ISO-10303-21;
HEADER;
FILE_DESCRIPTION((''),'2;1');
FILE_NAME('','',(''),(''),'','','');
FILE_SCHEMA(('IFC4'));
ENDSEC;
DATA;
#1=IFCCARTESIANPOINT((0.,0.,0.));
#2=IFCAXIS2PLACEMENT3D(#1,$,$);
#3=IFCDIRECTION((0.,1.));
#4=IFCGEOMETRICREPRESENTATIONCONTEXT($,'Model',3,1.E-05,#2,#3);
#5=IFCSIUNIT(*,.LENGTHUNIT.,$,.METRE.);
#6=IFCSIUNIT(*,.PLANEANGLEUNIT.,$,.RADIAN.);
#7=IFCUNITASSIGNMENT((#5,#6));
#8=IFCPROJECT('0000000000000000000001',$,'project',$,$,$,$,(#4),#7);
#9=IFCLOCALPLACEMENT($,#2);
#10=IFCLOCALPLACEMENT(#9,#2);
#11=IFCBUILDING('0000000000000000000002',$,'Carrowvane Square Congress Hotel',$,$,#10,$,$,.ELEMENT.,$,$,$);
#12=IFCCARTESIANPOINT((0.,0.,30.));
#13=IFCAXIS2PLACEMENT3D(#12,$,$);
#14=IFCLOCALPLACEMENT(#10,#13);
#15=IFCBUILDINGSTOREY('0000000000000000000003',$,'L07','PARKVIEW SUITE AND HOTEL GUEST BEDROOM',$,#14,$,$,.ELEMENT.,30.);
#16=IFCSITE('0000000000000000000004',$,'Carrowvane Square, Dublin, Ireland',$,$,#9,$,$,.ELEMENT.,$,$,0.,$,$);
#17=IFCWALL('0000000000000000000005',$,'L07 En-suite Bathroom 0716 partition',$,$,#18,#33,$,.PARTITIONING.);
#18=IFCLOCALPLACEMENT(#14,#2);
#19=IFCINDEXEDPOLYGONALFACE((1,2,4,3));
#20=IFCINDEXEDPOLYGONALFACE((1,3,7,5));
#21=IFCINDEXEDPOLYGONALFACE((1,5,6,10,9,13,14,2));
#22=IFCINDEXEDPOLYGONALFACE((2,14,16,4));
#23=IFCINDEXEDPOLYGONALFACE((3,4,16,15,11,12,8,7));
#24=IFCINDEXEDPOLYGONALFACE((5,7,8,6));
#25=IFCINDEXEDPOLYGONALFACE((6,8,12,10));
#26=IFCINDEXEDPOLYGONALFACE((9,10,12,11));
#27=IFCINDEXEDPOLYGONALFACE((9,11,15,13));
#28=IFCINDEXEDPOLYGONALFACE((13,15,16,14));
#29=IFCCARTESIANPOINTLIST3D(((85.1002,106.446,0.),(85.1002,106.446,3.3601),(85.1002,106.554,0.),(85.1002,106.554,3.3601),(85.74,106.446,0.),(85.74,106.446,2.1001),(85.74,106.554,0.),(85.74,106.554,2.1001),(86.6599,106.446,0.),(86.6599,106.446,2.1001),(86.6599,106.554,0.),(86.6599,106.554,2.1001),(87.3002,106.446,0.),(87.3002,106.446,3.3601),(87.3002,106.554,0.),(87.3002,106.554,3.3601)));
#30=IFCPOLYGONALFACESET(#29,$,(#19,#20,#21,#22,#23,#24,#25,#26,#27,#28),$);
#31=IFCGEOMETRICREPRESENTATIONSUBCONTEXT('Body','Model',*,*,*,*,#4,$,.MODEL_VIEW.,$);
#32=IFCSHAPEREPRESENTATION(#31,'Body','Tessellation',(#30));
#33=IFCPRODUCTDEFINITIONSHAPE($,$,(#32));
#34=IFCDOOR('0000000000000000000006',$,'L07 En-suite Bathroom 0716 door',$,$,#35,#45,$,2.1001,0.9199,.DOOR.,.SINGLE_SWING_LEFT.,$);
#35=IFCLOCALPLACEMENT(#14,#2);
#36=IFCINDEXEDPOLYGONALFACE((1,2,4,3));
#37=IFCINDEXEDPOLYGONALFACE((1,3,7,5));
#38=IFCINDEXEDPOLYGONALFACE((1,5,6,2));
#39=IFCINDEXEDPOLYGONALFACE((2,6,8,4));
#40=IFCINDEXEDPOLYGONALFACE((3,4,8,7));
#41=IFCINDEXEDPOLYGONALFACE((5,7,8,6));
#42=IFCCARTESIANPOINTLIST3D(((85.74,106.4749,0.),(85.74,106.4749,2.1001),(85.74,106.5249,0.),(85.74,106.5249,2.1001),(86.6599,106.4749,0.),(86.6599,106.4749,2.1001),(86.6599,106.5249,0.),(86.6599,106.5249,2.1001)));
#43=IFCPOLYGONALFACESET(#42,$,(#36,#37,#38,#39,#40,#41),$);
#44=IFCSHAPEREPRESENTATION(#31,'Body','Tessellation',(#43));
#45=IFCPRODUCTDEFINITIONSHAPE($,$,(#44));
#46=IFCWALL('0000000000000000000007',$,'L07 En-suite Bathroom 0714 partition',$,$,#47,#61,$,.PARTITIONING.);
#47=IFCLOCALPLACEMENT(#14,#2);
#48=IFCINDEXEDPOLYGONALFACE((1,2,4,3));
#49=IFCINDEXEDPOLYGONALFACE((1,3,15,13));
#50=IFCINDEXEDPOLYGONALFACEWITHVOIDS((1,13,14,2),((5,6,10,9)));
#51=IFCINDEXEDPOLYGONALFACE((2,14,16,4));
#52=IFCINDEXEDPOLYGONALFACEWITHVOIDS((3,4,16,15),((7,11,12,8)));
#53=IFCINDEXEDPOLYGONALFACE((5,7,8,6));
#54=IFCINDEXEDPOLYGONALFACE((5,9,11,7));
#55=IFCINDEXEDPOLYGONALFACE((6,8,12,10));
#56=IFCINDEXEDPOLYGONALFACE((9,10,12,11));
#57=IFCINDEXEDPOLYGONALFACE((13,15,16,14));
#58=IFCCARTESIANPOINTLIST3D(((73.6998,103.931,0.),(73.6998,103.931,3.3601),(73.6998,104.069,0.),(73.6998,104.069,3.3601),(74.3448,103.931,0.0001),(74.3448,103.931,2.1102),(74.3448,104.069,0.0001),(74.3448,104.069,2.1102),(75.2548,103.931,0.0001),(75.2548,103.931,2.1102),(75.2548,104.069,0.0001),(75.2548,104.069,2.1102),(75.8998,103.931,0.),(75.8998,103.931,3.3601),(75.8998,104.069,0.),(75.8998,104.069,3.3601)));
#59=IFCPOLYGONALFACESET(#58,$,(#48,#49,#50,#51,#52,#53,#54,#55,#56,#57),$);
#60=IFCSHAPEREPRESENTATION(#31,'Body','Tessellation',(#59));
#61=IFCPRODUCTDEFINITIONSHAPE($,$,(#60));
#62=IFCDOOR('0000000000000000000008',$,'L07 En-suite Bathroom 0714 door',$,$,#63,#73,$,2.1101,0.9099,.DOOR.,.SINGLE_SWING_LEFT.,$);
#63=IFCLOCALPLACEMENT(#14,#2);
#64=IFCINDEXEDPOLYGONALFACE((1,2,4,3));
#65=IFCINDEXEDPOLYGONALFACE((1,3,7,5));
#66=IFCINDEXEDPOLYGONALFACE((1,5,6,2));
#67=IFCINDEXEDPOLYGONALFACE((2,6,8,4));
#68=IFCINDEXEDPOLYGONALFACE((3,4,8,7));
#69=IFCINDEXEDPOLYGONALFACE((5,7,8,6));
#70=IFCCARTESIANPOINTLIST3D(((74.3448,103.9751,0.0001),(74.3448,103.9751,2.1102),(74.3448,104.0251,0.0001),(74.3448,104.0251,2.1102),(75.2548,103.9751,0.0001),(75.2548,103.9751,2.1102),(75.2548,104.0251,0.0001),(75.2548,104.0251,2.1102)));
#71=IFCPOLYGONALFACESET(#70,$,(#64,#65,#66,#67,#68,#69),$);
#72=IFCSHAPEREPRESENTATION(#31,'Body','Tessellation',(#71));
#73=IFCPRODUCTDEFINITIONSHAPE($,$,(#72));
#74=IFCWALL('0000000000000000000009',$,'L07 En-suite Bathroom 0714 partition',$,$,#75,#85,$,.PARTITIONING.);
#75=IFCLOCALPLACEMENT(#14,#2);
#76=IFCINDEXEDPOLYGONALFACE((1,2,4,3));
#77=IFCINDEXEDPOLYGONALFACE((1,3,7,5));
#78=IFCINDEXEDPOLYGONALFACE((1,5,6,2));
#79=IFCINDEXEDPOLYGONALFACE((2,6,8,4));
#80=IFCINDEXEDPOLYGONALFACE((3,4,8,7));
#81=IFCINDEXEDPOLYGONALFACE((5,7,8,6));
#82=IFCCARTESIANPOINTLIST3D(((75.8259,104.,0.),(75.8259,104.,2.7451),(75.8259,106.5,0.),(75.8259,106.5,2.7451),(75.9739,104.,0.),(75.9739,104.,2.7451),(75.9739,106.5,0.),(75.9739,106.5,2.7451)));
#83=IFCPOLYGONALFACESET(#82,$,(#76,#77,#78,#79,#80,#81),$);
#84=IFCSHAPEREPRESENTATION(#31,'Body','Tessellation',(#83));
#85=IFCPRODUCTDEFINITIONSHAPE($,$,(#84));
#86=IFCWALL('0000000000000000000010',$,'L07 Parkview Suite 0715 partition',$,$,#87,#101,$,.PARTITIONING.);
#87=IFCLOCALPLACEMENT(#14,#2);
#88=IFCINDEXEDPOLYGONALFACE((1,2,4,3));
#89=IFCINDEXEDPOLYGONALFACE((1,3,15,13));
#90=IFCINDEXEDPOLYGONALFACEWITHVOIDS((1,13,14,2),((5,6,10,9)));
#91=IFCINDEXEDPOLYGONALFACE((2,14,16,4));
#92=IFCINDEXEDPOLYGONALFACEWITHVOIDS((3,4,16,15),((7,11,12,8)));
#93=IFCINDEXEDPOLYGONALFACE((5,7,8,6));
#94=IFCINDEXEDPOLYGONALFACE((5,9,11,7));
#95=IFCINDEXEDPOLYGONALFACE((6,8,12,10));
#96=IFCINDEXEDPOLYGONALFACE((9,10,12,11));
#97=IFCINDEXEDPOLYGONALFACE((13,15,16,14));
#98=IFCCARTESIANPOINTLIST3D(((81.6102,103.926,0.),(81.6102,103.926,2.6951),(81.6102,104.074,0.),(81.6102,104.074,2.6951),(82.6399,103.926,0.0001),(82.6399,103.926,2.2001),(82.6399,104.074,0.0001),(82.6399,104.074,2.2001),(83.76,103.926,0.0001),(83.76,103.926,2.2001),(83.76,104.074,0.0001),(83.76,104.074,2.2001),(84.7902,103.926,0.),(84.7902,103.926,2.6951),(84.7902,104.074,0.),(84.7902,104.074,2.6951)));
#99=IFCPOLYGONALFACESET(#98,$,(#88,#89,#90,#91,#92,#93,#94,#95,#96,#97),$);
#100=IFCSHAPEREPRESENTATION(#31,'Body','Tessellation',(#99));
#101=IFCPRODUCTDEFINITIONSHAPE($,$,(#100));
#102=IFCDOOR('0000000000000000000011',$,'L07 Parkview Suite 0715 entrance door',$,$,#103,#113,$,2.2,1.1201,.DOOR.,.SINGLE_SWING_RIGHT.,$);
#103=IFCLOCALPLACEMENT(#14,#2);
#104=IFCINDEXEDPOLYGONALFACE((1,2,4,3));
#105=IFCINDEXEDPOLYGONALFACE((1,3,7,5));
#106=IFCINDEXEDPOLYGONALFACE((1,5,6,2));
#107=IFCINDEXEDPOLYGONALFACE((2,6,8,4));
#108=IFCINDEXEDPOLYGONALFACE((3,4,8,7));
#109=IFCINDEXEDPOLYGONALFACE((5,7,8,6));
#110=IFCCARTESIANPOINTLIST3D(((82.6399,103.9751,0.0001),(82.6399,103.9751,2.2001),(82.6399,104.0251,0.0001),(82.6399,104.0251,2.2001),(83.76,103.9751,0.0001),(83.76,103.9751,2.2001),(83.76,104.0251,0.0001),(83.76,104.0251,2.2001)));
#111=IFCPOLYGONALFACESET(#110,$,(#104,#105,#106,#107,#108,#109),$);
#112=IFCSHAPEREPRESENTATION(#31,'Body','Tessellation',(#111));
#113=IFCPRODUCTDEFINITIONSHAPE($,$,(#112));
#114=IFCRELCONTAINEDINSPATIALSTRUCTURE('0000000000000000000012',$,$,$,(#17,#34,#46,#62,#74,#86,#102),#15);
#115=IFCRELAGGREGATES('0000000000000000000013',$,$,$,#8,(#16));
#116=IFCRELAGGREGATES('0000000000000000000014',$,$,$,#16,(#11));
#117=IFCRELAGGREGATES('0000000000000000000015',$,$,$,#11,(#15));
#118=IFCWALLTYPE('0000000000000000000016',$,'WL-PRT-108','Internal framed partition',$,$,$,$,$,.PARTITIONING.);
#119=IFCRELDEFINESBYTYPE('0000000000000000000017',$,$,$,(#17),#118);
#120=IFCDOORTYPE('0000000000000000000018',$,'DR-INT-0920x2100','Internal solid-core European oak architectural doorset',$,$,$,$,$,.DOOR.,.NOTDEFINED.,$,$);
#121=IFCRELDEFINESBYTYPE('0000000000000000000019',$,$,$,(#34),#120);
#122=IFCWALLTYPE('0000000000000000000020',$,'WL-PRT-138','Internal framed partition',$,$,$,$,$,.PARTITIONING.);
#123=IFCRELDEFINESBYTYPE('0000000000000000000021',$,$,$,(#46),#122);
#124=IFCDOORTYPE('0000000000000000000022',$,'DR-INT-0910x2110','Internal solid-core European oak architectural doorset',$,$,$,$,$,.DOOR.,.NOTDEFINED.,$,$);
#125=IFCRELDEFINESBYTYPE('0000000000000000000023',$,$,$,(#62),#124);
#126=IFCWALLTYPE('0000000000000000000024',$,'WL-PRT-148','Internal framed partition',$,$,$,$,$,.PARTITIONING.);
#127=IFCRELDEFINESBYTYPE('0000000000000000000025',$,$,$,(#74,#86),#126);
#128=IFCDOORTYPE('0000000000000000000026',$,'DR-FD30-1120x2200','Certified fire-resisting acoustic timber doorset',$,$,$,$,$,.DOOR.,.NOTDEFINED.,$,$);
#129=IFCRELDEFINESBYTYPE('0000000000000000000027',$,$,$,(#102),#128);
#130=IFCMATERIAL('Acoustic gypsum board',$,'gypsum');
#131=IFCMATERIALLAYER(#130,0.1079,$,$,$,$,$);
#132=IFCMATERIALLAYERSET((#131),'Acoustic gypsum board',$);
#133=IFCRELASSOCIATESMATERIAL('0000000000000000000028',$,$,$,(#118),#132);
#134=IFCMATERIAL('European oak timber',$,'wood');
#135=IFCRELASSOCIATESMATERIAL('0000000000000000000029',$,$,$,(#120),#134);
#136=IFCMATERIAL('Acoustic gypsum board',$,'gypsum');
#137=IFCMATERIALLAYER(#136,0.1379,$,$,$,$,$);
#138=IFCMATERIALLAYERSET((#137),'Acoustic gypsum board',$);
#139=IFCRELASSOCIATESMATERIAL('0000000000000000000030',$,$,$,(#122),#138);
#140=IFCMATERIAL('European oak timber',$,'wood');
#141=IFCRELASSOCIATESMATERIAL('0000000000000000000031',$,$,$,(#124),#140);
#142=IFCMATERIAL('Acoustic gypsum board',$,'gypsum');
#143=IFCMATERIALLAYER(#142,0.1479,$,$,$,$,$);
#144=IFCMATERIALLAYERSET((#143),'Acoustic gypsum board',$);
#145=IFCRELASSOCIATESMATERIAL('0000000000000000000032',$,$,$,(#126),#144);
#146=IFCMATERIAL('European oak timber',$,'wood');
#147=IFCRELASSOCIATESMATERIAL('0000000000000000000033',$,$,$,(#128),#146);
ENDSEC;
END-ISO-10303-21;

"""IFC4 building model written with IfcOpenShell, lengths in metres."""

from ifc_helpers import new_model, si_unit, direction, frame, frame_2d, origin, place, context, subcontext, project, spatial, rectangle, extrude, material, layer, layer_set, type_object, element, fill, save


model = new_model("IFC4")

# Units and contexts
model_context = context("Model", 3, precision=1e-05, world=origin(), true_north=direction((0.0, 1.0)))
body_context = subcontext(model_context, "Body", "Model", "MODEL_VIEW")
ifc_project = project(units=[si_unit("LENGTHUNIT", "METRE"), si_unit("PLANEANGLEUNIT", "RADIAN")], contexts=[model_context])

# Site, building, storey
site_placement = place(None, origin())
site = spatial("IfcSite", under=ifc_project, at=site_placement, Name="Carrowvane Square, Dublin, Ireland", CompositionType="ELEMENT", RefElevation=0.0)
building_placement = place(site_placement, origin())
building = spatial("IfcBuilding", under=site, at=building_placement, Name="Carrowvane Square Congress Hotel", CompositionType="ELEMENT")
storey_placement = place(building_placement, frame((0.0, 0.0, 30.0)))
storey = spatial("IfcBuildingStorey", under=building, at=storey_placement, Name="L07", Description="PARKVIEW SUITE AND HOTEL GUEST BEDROOM", CompositionType="ELEMENT", Elevation=30.0)

# Walls, openings, doors
ifc_material_1 = material(Name="Acoustic gypsum board", Category="gypsum")
ifc_layer_1 = layer(ifc_material_1, 0.1079)
ifc_layer_set_1 = layer_set([ifc_layer_1], Name="Acoustic gypsum board")
wall_type_1 = type_object("IfcWallType", Name="WL-PRT-108", Description="Internal framed partition", PredefinedType="PARTITIONING", material=ifc_layer_set_1)
wall_1_placement = place(storey_placement, frame((85.1001, 106.5, 0.0), z_axis=(0.0, 0.0, 1.0), x_axis=(1.0, 0.0, 0.0)))
wall_1 = element("IfcWall", 1, at=wall_1_placement, inside=storey, type_object=wall_type_1, Name="L07 En-suite Bathroom 0716 partition", PredefinedType="PARTITIONING", context=body_context, shape_type="SweptSolid", body=[
    extrude(rectangle(XDim=2.2, YDim=0.1079, at=frame_2d((1.1001, 0.0))), origin(), (0.0, 0.0, 1.0), 3.3601),
])
opening_1_placement = place(wall_1_placement, frame((0.6399, 0.0, 0.0)))
opening_1 = element("IfcOpeningElement", 2, at=opening_1_placement, cuts=wall_1, PredefinedType="OPENING", context=body_context, shape_type="SweptSolid", body=[
    extrude(rectangle(XDim=0.9199, YDim=2.1001, at=frame_2d((0.46, 1.05))), frame((0.0, 0.064, 0.0), z_axis=(0.0, -1.0, 0.0), x_axis=(1.0, 0.0, 0.0)), (0.0, 0.0, 1.0), 0.1279),
])
ifc_material_2 = material(Name="European oak timber", Category="wood")
door_type_1 = type_object("IfcDoorType", Name="DR-INT-0920x2100", Description="Internal solid-core European oak architectural doorset", OperationType="NOTDEFINED", PredefinedType="DOOR", material=ifc_material_2)
door_1_placement = place(opening_1_placement, origin())
door_1 = element("IfcDoor", 3, at=door_1_placement, inside=storey, type_object=door_type_1, Name="L07 En-suite Bathroom 0716 door", OperationType="SINGLE_SWING_LEFT", OverallHeight=2.1001, OverallWidth=0.9199, PredefinedType="DOOR", context=body_context, shape_type="SweptSolid", body=[
    extrude(rectangle(XDim=0.9199, YDim=2.1001, at=frame_2d((0.46, 1.05))), frame((0.0, 0.0249, 0.0), z_axis=(0.0, -1.0, 0.0), x_axis=(1.0, 0.0, 0.0)), (0.0, 0.0, 1.0), 0.05),
])
fill(opening_1, door_1)
ifc_material_3 = material(Name="Acoustic gypsum board", Category="gypsum")
ifc_layer_2 = layer(ifc_material_3, 0.1379)
ifc_layer_set_2 = layer_set([ifc_layer_2], Name="Acoustic gypsum board")
wall_type_2 = type_object("IfcWallType", Name="WL-PRT-138", Description="Internal framed partition", PredefinedType="PARTITIONING", material=ifc_layer_set_2)
wall_2_placement = place(storey_placement, frame((75.8999, 104.0, 0.0), z_axis=(0.0, 0.0, 1.0), x_axis=(-1.0, 0.0, 0.0)))
wall_2 = element("IfcWall", 4, at=wall_2_placement, inside=storey, type_object=wall_type_2, Name="L07 En-suite Bathroom 0714 partition", PredefinedType="PARTITIONING", context=body_context, shape_type="SweptSolid", body=[
    extrude(rectangle(XDim=2.2, YDim=0.1379, at=frame_2d((1.1001, 0.0))), origin(), (0.0, 0.0, 1.0), 3.3601),
])
opening_2_placement = place(wall_2_placement, frame((0.645, 0.0, 0.0)))
opening_2 = element("IfcOpeningElement", 5, at=opening_2_placement, cuts=wall_2, PredefinedType="OPENING", context=body_context, shape_type="SweptSolid", body=[
    extrude(rectangle(XDim=0.9099, YDim=2.1101, at=frame_2d((0.4551, 1.0552))), frame((0.0, 0.0789, 0.0), z_axis=(0.0, -1.0, 0.0), x_axis=(1.0, 0.0, 0.0)), (0.0, 0.0, 1.0), 0.158),
])
ifc_material_4 = material(Name="European oak timber", Category="wood")
door_type_2 = type_object("IfcDoorType", Name="DR-INT-0910x2110", Description="Internal solid-core European oak architectural doorset", OperationType="NOTDEFINED", PredefinedType="DOOR", material=ifc_material_4)
door_2_placement = place(opening_2_placement, origin())
door_2 = element("IfcDoor", 6, at=door_2_placement, inside=storey, type_object=door_type_2, Name="L07 En-suite Bathroom 0714 door", OperationType="SINGLE_SWING_LEFT", OverallHeight=2.1101, OverallWidth=0.9099, PredefinedType="DOOR", context=body_context, shape_type="SweptSolid", body=[
    extrude(rectangle(XDim=0.9099, YDim=2.1101, at=frame_2d((0.4551, 1.0552))), frame((0.0, 0.0249, 0.0), z_axis=(0.0, -1.0, 0.0), x_axis=(1.0, 0.0, 0.0)), (0.0, 0.0, 1.0), 0.05),
])
fill(opening_2, door_2)

# Wall
ifc_material_5 = material(Name="Acoustic gypsum board", Category="gypsum")
ifc_layer_3 = layer(ifc_material_5, 0.1479)
ifc_layer_set_3 = layer_set([ifc_layer_3], Name="Acoustic gypsum board")
wall_type_3 = type_object("IfcWallType", Name="WL-PRT-148", Description="Internal framed partition", PredefinedType="PARTITIONING", material=ifc_layer_set_3)
wall_3_placement = place(storey_placement, frame((75.8999, 106.5, 0.0), z_axis=(0.0, 0.0, 1.0), x_axis=(0.0, -1.0, 0.0)))
element("IfcWall", 7, at=wall_3_placement, inside=storey, type_object=wall_type_3, Name="L07 En-suite Bathroom 0714 partition", PredefinedType="PARTITIONING", context=body_context, shape_type="SweptSolid", body=[
    extrude(rectangle(XDim=2.5, YDim=0.1479, at=frame_2d((1.25, 0.0))), origin(), (0.0, 0.0, 1.0), 2.7451),
])

# Wall, opening, door
wall_4_placement = place(storey_placement, frame((84.79, 104.0, 0.0), z_axis=(0.0, 0.0, 1.0), x_axis=(-1.0, 0.0, 0.0)))
wall_4 = element("IfcWall", 8, at=wall_4_placement, inside=storey, type_object=wall_type_3, Name="L07 Parkview Suite 0715 partition", PredefinedType="PARTITIONING", context=body_context, shape_type="SweptSolid", body=[
    extrude(rectangle(XDim=3.1799, YDim=0.1479, at=frame_2d((1.5898, 0.0))), origin(), (0.0, 0.0, 1.0), 2.6951),
])
opening_3_placement = place(wall_4_placement, frame((1.03, 0.0, 0.0)))
opening_3 = element("IfcOpeningElement", 9, at=opening_3_placement, cuts=wall_4, PredefinedType="OPENING", context=body_context, shape_type="SweptSolid", body=[
    extrude(rectangle(XDim=1.1201, YDim=2.2, at=frame_2d((0.5601, 1.1001))), frame((0.0, 0.084, 0.0), z_axis=(0.0, -1.0, 0.0), x_axis=(1.0, 0.0, 0.0)), (0.0, 0.0, 1.0), 0.168),
])
ifc_material_6 = material(Name="European oak timber", Category="wood")
door_type_3 = type_object("IfcDoorType", Name="DR-FD30-1120x2200", Description="Certified fire-resisting acoustic timber doorset", OperationType="NOTDEFINED", PredefinedType="DOOR", material=ifc_material_6)
door_3_placement = place(opening_3_placement, origin())
door_3 = element("IfcDoor", 10, at=door_3_placement, inside=storey, type_object=door_type_3, Name="L07 Parkview Suite 0715 entrance door", OperationType="SINGLE_SWING_RIGHT", OverallHeight=2.2, OverallWidth=1.1201, PredefinedType="DOOR", context=body_context, shape_type="SweptSolid", body=[
    extrude(rectangle(XDim=1.1201, YDim=2.2, at=frame_2d((0.5601, 1.1001))), frame((0.0, 0.0249, 0.0), z_axis=(0.0, -1.0, 0.0), x_axis=(1.0, 0.0, 0.0)), (0.0, 0.0, 1.0), 0.05),
])
fill(opening_3, door_3)

save(model, "model.ifc")
